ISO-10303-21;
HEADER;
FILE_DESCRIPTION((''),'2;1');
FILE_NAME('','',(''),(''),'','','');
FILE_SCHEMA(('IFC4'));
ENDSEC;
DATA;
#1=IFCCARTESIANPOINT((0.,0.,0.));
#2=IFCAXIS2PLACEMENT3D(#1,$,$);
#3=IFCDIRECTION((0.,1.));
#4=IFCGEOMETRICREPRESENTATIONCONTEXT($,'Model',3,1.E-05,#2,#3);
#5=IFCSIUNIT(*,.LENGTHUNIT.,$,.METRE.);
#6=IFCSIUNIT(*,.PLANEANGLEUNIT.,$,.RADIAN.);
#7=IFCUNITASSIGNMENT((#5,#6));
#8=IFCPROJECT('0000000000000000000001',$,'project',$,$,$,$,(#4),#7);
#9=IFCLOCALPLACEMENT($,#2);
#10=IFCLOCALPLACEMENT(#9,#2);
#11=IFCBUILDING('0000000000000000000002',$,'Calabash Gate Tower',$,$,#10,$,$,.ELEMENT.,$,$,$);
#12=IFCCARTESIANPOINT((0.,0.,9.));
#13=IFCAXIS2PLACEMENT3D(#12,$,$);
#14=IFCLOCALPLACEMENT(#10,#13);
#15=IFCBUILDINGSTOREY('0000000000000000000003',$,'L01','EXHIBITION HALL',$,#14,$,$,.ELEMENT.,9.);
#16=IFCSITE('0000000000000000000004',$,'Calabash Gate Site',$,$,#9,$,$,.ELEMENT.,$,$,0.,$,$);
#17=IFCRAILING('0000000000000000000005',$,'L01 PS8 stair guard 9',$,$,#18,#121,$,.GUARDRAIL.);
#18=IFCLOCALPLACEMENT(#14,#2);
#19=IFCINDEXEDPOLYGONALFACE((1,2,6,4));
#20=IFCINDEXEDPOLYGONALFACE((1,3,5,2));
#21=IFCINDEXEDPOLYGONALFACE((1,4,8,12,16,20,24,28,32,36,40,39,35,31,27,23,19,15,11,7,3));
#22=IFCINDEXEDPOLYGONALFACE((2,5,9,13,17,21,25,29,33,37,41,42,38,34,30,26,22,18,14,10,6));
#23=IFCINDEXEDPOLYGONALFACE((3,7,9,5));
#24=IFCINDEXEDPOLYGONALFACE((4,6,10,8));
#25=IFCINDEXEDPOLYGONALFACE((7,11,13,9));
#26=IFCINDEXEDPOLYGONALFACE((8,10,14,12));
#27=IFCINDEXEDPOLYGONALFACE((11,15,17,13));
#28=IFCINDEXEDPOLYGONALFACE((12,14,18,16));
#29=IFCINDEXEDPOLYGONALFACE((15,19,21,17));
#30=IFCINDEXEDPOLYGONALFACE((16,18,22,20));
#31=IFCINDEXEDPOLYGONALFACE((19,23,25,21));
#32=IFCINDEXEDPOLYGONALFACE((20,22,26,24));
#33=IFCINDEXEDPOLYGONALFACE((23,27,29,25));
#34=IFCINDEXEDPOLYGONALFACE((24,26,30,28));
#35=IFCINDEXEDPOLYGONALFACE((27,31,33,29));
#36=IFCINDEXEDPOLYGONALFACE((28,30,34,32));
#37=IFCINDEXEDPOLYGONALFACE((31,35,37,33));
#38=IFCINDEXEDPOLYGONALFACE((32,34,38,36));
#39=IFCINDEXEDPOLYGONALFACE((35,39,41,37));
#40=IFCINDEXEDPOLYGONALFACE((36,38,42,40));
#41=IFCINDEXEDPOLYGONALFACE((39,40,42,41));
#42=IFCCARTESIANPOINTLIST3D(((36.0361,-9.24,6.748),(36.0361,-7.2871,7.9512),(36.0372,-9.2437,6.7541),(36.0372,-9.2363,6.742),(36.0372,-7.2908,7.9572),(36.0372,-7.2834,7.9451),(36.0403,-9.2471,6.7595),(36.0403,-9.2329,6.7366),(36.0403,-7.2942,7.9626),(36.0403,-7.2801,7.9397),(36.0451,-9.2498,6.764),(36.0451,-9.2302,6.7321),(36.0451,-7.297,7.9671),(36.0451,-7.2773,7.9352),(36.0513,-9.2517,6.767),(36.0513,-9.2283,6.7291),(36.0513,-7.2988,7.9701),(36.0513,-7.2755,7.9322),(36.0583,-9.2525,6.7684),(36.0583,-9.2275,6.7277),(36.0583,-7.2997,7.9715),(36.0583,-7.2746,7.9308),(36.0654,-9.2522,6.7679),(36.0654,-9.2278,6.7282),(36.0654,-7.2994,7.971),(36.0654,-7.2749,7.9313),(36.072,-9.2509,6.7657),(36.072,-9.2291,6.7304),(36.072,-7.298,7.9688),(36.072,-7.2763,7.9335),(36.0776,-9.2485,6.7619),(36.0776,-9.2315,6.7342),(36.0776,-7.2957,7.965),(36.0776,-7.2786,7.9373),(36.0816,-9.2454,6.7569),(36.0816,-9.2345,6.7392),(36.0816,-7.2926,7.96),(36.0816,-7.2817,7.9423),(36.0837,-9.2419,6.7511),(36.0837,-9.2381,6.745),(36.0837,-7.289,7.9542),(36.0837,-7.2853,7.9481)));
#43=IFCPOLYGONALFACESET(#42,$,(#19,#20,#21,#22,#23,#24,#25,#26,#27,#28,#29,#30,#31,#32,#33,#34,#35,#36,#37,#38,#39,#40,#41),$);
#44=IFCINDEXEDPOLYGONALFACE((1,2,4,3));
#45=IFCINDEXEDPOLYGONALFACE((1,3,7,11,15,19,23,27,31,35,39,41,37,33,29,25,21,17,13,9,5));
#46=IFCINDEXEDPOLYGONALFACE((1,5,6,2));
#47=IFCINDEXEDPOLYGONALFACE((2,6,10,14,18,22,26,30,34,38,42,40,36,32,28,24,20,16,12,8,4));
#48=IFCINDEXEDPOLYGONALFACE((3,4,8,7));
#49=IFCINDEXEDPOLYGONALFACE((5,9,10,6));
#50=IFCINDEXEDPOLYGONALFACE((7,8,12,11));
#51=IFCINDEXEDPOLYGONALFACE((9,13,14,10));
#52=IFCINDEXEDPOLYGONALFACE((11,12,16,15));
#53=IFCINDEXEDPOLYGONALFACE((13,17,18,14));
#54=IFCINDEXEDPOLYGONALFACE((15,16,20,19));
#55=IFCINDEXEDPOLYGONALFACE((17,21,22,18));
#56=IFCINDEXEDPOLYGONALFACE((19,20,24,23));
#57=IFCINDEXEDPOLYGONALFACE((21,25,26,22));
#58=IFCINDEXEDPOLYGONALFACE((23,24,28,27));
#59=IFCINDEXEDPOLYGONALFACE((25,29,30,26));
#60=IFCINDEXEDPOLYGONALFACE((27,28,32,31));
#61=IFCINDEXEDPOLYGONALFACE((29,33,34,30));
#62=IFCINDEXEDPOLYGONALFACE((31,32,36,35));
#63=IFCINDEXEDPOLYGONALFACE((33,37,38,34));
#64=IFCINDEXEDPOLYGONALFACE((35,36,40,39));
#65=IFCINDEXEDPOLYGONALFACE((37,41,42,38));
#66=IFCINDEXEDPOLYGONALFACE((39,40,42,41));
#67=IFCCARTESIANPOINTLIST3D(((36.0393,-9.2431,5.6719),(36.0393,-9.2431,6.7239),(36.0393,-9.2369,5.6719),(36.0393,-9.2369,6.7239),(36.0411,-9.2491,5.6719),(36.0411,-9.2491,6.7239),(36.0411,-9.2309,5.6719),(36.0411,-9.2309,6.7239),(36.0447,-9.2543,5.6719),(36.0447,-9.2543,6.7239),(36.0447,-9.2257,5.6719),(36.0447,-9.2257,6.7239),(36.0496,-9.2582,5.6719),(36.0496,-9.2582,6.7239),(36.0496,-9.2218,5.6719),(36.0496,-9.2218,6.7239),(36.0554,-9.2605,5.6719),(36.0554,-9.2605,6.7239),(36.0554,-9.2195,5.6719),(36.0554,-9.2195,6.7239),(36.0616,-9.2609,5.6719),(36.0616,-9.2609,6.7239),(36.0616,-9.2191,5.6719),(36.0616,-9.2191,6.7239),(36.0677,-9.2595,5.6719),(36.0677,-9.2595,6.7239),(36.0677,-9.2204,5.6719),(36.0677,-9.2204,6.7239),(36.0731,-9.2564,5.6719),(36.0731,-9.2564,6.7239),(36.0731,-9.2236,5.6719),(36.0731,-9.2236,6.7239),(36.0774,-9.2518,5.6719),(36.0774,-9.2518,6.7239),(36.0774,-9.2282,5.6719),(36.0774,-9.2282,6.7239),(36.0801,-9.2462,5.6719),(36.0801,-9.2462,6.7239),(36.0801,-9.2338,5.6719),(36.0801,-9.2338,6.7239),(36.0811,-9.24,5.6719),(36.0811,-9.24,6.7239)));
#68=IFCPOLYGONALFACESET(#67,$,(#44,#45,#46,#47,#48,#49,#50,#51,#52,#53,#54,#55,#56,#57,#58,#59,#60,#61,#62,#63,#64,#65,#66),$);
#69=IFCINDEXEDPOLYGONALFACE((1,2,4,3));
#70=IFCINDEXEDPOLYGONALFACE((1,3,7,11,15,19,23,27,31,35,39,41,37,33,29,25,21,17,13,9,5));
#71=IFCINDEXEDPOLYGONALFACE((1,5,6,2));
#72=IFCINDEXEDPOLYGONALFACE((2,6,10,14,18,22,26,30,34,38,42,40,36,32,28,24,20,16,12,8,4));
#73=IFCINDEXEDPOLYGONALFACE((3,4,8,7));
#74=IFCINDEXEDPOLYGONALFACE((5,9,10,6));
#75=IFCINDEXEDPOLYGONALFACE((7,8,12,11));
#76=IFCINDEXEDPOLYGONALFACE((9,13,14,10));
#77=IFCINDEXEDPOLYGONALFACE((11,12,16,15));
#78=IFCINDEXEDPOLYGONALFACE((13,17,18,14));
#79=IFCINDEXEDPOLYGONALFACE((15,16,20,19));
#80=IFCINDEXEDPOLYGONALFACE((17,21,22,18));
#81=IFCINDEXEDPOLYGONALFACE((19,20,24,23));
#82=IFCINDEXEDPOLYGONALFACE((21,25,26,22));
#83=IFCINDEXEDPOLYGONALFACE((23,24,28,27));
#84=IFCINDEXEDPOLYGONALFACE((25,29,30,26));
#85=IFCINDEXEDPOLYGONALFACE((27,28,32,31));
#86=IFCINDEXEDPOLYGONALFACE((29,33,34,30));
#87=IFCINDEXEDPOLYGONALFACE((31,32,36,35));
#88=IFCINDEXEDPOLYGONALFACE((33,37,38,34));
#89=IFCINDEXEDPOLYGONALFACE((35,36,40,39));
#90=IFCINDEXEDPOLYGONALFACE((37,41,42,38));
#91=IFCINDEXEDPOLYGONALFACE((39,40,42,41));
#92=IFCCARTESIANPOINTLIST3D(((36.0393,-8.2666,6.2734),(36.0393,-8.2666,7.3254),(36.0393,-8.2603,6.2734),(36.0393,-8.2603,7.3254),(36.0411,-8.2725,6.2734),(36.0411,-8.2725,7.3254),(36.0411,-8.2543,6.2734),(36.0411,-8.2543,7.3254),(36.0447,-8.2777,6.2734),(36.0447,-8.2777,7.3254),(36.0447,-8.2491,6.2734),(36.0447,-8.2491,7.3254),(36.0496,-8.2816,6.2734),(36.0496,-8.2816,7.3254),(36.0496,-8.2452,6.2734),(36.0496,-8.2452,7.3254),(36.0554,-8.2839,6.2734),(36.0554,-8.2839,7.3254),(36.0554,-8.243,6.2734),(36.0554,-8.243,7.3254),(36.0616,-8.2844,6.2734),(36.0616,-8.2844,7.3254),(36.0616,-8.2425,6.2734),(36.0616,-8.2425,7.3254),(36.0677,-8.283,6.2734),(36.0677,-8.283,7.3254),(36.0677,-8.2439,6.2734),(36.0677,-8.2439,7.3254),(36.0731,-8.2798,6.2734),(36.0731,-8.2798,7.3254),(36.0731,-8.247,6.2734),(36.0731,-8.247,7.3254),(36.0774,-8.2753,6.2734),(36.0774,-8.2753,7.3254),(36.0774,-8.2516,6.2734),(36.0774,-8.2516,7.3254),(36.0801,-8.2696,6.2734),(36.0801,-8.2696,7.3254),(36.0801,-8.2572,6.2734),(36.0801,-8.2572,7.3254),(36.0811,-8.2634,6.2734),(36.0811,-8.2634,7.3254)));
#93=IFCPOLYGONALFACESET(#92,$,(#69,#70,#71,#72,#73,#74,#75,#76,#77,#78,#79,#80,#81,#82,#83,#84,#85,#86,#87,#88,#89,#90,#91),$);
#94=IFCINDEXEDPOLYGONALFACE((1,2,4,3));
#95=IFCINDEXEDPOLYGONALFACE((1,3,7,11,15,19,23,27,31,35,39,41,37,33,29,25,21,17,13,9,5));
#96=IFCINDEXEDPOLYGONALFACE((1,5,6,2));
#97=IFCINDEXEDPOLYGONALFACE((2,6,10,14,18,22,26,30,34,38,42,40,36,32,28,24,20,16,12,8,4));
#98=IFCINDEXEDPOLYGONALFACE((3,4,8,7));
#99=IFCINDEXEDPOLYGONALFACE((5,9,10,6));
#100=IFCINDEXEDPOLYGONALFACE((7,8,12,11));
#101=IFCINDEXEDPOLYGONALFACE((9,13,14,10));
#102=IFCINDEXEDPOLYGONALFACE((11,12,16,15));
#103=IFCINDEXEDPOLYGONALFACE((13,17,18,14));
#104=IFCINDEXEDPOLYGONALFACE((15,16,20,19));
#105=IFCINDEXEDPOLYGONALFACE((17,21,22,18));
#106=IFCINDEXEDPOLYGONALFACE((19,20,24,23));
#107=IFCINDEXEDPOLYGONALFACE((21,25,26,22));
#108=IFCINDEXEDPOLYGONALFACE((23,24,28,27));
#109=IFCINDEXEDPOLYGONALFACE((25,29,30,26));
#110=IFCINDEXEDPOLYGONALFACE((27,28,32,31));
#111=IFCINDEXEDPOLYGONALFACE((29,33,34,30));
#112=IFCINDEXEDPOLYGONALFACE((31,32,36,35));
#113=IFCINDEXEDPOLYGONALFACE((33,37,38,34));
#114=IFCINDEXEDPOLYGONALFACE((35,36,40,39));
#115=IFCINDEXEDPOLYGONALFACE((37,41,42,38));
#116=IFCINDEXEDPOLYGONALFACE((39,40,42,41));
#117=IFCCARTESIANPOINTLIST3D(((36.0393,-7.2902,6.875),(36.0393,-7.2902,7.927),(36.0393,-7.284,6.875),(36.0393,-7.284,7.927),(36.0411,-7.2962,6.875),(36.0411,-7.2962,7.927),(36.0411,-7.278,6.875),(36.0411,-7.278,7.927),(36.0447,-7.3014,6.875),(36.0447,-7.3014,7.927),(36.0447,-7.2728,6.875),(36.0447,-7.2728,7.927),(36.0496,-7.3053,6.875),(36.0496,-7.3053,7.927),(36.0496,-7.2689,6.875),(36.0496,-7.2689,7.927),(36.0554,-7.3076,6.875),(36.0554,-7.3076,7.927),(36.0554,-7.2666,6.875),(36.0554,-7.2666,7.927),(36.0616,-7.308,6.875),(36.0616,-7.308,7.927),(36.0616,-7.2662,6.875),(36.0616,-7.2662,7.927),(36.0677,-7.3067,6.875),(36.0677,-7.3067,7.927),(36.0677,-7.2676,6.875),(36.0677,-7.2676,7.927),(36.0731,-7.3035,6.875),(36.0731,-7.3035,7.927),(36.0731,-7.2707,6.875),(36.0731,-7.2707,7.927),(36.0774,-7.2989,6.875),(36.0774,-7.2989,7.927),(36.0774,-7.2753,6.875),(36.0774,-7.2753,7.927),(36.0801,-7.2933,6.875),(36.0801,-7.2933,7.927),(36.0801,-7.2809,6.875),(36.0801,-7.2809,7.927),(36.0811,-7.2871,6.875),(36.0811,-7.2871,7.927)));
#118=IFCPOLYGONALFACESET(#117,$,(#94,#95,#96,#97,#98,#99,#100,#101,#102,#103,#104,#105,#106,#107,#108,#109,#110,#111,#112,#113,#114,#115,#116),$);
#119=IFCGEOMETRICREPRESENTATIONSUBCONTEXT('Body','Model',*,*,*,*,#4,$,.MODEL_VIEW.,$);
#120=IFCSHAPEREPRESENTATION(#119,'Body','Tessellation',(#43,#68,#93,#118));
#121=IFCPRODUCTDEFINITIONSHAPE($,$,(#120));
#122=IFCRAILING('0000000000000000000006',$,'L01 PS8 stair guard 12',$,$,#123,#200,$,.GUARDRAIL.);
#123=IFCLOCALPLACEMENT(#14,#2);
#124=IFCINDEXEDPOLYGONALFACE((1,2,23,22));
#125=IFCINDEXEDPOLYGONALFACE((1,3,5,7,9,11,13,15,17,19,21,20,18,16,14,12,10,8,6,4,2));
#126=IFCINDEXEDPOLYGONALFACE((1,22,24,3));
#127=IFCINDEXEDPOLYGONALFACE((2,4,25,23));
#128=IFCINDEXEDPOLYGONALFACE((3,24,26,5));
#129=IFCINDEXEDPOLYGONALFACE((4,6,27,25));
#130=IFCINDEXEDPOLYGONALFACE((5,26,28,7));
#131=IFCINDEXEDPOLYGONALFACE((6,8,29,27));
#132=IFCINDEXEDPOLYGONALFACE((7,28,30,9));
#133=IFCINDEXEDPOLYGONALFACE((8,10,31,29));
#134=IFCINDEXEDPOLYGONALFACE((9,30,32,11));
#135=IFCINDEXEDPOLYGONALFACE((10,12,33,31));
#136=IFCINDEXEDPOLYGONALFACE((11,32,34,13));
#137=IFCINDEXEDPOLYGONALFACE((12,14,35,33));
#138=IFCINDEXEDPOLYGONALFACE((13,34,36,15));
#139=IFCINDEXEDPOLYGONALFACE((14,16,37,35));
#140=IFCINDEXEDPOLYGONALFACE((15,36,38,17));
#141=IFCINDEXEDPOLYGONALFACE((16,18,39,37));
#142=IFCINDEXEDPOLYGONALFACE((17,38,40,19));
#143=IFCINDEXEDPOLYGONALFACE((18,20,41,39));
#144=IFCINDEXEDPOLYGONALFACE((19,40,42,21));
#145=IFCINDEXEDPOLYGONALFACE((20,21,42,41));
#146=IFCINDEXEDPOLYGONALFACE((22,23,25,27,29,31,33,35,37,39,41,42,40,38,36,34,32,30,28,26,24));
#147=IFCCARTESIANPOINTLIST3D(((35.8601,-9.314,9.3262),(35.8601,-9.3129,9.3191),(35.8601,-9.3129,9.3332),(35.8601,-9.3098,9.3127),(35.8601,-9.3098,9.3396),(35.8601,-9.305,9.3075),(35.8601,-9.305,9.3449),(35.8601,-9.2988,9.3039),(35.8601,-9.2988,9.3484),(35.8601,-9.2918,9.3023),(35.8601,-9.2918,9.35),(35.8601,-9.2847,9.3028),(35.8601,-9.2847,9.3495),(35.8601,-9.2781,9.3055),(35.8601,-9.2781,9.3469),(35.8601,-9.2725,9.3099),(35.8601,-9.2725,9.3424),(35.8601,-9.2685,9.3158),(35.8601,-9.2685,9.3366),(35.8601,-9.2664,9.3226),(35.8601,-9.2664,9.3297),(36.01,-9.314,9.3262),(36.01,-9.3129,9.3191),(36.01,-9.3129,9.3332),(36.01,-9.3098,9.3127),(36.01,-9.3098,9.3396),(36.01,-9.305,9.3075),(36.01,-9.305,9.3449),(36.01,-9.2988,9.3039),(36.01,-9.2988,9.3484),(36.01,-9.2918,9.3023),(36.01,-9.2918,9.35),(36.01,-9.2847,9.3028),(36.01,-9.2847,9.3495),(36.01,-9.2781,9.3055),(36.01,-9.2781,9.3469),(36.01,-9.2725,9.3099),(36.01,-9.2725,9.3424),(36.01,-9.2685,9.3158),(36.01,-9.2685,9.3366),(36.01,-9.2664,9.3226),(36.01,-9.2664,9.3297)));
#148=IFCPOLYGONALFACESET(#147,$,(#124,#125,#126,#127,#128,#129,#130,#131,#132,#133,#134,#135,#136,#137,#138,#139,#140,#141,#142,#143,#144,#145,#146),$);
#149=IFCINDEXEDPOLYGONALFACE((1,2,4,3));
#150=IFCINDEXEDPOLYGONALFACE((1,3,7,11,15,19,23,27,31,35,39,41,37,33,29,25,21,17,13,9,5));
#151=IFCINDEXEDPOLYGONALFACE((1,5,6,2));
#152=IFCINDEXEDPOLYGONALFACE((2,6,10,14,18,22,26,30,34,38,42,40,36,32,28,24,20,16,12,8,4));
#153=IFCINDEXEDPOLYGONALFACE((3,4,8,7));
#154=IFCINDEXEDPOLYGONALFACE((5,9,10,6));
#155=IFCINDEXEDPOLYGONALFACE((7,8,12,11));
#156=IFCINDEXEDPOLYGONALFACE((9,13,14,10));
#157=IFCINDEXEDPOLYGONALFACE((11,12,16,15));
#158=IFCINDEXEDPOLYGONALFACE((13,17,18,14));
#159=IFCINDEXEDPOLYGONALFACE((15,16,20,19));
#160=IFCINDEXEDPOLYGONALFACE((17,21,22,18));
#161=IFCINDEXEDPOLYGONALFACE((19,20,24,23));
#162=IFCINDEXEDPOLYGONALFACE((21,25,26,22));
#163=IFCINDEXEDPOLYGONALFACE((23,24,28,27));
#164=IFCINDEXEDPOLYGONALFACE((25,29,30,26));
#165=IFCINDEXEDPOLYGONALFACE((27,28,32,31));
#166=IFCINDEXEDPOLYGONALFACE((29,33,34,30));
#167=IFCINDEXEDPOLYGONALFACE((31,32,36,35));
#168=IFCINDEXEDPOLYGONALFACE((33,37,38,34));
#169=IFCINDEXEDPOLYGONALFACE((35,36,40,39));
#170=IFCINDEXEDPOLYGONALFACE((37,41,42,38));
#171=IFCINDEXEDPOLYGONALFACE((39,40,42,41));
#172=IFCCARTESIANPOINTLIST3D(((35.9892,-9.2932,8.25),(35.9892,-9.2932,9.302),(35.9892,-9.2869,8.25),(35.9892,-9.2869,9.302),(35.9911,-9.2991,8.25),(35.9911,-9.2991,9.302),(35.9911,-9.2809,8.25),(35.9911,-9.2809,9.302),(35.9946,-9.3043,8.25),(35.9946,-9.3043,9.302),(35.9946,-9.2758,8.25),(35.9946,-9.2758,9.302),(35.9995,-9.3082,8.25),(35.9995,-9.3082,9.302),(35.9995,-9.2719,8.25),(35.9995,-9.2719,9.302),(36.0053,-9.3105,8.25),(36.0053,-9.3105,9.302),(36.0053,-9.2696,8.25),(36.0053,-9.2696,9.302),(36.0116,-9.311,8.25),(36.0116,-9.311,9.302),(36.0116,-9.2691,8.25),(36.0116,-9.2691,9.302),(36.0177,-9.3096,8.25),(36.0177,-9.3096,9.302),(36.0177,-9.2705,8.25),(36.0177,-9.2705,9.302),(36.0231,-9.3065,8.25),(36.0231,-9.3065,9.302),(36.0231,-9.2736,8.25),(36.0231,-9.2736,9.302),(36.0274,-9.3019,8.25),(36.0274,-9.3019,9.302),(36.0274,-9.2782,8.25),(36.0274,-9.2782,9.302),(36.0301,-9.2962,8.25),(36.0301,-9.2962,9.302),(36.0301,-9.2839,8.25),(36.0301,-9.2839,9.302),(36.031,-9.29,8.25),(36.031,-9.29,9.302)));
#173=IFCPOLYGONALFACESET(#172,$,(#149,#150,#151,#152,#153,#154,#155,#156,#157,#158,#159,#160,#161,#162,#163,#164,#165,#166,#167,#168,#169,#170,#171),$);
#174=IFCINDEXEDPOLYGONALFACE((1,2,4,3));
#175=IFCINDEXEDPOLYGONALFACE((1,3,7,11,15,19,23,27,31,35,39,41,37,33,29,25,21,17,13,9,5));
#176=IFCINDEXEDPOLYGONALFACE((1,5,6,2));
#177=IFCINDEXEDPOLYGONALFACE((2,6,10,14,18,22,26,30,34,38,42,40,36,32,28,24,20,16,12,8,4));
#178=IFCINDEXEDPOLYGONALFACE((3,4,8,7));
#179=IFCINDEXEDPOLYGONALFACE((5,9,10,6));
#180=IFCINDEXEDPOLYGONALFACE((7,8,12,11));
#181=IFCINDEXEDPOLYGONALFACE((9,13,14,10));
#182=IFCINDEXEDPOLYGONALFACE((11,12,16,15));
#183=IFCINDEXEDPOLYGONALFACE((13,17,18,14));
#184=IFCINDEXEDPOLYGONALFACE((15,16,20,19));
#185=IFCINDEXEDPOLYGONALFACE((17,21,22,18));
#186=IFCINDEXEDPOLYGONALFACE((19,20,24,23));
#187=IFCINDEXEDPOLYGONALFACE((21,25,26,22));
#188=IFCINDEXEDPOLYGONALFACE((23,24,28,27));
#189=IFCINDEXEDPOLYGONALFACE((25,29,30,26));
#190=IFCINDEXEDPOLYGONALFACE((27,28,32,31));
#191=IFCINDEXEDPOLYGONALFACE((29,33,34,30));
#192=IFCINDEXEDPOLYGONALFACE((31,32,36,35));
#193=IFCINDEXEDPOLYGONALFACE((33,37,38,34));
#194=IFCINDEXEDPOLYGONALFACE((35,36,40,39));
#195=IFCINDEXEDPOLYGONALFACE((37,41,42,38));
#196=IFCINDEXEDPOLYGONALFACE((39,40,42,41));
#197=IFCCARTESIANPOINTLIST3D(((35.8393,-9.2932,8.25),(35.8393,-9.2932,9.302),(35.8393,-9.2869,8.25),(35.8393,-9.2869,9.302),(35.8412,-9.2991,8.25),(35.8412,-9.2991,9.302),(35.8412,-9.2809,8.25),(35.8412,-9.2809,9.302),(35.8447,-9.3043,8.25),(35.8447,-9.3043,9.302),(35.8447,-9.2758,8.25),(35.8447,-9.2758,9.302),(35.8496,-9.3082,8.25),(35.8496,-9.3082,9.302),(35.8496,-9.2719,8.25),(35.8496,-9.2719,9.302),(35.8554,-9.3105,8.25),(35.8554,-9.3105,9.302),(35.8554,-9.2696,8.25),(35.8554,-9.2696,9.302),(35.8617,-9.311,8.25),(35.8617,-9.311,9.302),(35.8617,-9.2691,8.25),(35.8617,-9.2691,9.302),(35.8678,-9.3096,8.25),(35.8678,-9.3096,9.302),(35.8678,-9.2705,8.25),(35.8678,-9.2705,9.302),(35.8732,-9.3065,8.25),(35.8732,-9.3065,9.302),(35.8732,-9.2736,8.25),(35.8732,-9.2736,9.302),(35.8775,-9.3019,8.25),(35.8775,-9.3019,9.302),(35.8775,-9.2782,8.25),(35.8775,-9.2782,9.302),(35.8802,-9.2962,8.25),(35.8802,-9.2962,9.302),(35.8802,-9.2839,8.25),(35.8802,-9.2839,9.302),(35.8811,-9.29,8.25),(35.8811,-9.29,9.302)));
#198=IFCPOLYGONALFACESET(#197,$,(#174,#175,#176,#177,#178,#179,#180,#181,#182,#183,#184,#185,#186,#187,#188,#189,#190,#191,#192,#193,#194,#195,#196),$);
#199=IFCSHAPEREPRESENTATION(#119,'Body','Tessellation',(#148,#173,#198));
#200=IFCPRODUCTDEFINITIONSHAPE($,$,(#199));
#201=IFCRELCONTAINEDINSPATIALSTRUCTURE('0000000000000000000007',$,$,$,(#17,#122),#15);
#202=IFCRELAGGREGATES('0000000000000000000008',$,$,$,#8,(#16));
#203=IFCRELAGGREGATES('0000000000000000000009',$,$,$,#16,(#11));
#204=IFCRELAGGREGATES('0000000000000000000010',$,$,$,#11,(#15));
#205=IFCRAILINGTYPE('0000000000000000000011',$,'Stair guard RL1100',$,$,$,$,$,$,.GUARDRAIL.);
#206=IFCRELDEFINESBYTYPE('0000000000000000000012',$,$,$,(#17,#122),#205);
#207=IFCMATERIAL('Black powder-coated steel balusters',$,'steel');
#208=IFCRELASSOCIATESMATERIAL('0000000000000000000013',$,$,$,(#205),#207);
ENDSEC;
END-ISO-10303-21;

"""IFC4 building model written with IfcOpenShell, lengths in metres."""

from ifc_helpers import new_model, si_unit, direction, frame, origin, origin_2d, place, context, subcontext, project, spatial, circle, extrude, material, type_object, element, save


model = new_model("IFC4")

# Units and contexts
model_context = context("Model", 3, precision=1e-05, world=origin(), true_north=direction((0.0, 1.0)))
body_context = subcontext(model_context, "Body", "Model", "MODEL_VIEW")
ifc_project = project(units=[si_unit("LENGTHUNIT", "METRE"), si_unit("PLANEANGLEUNIT", "RADIAN")], contexts=[model_context])

# Site, building, storey
site_placement = place(None, origin())
site = spatial("IfcSite", under=ifc_project, at=site_placement, Name="Calabash Gate Site", CompositionType="ELEMENT", RefElevation=0.0)
building_placement = place(site_placement, origin())
building = spatial("IfcBuilding", under=site, at=building_placement, Name="Calabash Gate Tower", CompositionType="ELEMENT")
storey_placement = place(building_placement, frame((0.0, 0.0, 9.0)))
storey = spatial("IfcBuildingStorey", under=building, at=storey_placement, Name="L01", Description="EXHIBITION HALL", CompositionType="ELEMENT", Elevation=9.0)

# Railings
ifc_material_1 = material(Name="Black powder-coated steel balusters", Category="steel")
railing_type_1 = type_object("IfcRailingType", Name="Stair guard RL1100", PredefinedType="GUARDRAIL", material=ifc_material_1)
railing_1_placement = place(storey_placement, frame((36.0601, -9.24, 5.6719)))
element("IfcRailing", 1, at=railing_1_placement, inside=storey, type_object=railing_type_1, Name="L01 PS8 stair guard 9", PredefinedType="GUARDRAIL", context=body_context, shape_type="SweptSolid", body=[
    extrude(circle(Radius=0.0239, at=origin_2d()), frame((0.0, 0.0, 1.0762), z_axis=(0.0, 0.851395, 0.524525), x_axis=(-1.0, 0.0, 0.0)), (0.0, 0.0, 1.0), 2.2937),
    extrude(circle(Radius=0.021, at=origin_2d()), origin(), (0.0, 0.0, 1.0), 1.052),
    extrude(circle(Radius=0.021, at=origin_2d()), frame((0.0, 0.9766, 0.6016)), (0.0, 0.0, 1.0), 1.052),
    extrude(circle(Radius=0.021, at=origin_2d()), frame((0.0, 1.9529, 1.2031)), (0.0, 0.0, 1.0), 1.052),
])
railing_2_placement = place(storey_placement, frame((36.01, -9.29, 8.25)))
element("IfcRailing", 2, at=railing_2_placement, inside=storey, type_object=railing_type_1, Name="L01 PS8 stair guard 12", PredefinedType="GUARDRAIL", context=body_context, shape_type="SweptSolid", body=[
    extrude(circle(Radius=0.0239, at=origin_2d()), frame((0.0, 0.0, 1.0762), z_axis=(-1.0, 0.0, 0.0), x_axis=(0.0, -1.0, 0.0)), (0.0, 0.0, 1.0), 0.1499),
    extrude(circle(Radius=0.021, at=origin_2d()), origin(), (0.0, 0.0, 1.0), 1.052),
    extrude(circle(Radius=0.021, at=origin_2d()), frame((-0.1499, 0.0, 0.0)), (0.0, 0.0, 1.0), 1.052),
])

save(model, "model.ifc")
